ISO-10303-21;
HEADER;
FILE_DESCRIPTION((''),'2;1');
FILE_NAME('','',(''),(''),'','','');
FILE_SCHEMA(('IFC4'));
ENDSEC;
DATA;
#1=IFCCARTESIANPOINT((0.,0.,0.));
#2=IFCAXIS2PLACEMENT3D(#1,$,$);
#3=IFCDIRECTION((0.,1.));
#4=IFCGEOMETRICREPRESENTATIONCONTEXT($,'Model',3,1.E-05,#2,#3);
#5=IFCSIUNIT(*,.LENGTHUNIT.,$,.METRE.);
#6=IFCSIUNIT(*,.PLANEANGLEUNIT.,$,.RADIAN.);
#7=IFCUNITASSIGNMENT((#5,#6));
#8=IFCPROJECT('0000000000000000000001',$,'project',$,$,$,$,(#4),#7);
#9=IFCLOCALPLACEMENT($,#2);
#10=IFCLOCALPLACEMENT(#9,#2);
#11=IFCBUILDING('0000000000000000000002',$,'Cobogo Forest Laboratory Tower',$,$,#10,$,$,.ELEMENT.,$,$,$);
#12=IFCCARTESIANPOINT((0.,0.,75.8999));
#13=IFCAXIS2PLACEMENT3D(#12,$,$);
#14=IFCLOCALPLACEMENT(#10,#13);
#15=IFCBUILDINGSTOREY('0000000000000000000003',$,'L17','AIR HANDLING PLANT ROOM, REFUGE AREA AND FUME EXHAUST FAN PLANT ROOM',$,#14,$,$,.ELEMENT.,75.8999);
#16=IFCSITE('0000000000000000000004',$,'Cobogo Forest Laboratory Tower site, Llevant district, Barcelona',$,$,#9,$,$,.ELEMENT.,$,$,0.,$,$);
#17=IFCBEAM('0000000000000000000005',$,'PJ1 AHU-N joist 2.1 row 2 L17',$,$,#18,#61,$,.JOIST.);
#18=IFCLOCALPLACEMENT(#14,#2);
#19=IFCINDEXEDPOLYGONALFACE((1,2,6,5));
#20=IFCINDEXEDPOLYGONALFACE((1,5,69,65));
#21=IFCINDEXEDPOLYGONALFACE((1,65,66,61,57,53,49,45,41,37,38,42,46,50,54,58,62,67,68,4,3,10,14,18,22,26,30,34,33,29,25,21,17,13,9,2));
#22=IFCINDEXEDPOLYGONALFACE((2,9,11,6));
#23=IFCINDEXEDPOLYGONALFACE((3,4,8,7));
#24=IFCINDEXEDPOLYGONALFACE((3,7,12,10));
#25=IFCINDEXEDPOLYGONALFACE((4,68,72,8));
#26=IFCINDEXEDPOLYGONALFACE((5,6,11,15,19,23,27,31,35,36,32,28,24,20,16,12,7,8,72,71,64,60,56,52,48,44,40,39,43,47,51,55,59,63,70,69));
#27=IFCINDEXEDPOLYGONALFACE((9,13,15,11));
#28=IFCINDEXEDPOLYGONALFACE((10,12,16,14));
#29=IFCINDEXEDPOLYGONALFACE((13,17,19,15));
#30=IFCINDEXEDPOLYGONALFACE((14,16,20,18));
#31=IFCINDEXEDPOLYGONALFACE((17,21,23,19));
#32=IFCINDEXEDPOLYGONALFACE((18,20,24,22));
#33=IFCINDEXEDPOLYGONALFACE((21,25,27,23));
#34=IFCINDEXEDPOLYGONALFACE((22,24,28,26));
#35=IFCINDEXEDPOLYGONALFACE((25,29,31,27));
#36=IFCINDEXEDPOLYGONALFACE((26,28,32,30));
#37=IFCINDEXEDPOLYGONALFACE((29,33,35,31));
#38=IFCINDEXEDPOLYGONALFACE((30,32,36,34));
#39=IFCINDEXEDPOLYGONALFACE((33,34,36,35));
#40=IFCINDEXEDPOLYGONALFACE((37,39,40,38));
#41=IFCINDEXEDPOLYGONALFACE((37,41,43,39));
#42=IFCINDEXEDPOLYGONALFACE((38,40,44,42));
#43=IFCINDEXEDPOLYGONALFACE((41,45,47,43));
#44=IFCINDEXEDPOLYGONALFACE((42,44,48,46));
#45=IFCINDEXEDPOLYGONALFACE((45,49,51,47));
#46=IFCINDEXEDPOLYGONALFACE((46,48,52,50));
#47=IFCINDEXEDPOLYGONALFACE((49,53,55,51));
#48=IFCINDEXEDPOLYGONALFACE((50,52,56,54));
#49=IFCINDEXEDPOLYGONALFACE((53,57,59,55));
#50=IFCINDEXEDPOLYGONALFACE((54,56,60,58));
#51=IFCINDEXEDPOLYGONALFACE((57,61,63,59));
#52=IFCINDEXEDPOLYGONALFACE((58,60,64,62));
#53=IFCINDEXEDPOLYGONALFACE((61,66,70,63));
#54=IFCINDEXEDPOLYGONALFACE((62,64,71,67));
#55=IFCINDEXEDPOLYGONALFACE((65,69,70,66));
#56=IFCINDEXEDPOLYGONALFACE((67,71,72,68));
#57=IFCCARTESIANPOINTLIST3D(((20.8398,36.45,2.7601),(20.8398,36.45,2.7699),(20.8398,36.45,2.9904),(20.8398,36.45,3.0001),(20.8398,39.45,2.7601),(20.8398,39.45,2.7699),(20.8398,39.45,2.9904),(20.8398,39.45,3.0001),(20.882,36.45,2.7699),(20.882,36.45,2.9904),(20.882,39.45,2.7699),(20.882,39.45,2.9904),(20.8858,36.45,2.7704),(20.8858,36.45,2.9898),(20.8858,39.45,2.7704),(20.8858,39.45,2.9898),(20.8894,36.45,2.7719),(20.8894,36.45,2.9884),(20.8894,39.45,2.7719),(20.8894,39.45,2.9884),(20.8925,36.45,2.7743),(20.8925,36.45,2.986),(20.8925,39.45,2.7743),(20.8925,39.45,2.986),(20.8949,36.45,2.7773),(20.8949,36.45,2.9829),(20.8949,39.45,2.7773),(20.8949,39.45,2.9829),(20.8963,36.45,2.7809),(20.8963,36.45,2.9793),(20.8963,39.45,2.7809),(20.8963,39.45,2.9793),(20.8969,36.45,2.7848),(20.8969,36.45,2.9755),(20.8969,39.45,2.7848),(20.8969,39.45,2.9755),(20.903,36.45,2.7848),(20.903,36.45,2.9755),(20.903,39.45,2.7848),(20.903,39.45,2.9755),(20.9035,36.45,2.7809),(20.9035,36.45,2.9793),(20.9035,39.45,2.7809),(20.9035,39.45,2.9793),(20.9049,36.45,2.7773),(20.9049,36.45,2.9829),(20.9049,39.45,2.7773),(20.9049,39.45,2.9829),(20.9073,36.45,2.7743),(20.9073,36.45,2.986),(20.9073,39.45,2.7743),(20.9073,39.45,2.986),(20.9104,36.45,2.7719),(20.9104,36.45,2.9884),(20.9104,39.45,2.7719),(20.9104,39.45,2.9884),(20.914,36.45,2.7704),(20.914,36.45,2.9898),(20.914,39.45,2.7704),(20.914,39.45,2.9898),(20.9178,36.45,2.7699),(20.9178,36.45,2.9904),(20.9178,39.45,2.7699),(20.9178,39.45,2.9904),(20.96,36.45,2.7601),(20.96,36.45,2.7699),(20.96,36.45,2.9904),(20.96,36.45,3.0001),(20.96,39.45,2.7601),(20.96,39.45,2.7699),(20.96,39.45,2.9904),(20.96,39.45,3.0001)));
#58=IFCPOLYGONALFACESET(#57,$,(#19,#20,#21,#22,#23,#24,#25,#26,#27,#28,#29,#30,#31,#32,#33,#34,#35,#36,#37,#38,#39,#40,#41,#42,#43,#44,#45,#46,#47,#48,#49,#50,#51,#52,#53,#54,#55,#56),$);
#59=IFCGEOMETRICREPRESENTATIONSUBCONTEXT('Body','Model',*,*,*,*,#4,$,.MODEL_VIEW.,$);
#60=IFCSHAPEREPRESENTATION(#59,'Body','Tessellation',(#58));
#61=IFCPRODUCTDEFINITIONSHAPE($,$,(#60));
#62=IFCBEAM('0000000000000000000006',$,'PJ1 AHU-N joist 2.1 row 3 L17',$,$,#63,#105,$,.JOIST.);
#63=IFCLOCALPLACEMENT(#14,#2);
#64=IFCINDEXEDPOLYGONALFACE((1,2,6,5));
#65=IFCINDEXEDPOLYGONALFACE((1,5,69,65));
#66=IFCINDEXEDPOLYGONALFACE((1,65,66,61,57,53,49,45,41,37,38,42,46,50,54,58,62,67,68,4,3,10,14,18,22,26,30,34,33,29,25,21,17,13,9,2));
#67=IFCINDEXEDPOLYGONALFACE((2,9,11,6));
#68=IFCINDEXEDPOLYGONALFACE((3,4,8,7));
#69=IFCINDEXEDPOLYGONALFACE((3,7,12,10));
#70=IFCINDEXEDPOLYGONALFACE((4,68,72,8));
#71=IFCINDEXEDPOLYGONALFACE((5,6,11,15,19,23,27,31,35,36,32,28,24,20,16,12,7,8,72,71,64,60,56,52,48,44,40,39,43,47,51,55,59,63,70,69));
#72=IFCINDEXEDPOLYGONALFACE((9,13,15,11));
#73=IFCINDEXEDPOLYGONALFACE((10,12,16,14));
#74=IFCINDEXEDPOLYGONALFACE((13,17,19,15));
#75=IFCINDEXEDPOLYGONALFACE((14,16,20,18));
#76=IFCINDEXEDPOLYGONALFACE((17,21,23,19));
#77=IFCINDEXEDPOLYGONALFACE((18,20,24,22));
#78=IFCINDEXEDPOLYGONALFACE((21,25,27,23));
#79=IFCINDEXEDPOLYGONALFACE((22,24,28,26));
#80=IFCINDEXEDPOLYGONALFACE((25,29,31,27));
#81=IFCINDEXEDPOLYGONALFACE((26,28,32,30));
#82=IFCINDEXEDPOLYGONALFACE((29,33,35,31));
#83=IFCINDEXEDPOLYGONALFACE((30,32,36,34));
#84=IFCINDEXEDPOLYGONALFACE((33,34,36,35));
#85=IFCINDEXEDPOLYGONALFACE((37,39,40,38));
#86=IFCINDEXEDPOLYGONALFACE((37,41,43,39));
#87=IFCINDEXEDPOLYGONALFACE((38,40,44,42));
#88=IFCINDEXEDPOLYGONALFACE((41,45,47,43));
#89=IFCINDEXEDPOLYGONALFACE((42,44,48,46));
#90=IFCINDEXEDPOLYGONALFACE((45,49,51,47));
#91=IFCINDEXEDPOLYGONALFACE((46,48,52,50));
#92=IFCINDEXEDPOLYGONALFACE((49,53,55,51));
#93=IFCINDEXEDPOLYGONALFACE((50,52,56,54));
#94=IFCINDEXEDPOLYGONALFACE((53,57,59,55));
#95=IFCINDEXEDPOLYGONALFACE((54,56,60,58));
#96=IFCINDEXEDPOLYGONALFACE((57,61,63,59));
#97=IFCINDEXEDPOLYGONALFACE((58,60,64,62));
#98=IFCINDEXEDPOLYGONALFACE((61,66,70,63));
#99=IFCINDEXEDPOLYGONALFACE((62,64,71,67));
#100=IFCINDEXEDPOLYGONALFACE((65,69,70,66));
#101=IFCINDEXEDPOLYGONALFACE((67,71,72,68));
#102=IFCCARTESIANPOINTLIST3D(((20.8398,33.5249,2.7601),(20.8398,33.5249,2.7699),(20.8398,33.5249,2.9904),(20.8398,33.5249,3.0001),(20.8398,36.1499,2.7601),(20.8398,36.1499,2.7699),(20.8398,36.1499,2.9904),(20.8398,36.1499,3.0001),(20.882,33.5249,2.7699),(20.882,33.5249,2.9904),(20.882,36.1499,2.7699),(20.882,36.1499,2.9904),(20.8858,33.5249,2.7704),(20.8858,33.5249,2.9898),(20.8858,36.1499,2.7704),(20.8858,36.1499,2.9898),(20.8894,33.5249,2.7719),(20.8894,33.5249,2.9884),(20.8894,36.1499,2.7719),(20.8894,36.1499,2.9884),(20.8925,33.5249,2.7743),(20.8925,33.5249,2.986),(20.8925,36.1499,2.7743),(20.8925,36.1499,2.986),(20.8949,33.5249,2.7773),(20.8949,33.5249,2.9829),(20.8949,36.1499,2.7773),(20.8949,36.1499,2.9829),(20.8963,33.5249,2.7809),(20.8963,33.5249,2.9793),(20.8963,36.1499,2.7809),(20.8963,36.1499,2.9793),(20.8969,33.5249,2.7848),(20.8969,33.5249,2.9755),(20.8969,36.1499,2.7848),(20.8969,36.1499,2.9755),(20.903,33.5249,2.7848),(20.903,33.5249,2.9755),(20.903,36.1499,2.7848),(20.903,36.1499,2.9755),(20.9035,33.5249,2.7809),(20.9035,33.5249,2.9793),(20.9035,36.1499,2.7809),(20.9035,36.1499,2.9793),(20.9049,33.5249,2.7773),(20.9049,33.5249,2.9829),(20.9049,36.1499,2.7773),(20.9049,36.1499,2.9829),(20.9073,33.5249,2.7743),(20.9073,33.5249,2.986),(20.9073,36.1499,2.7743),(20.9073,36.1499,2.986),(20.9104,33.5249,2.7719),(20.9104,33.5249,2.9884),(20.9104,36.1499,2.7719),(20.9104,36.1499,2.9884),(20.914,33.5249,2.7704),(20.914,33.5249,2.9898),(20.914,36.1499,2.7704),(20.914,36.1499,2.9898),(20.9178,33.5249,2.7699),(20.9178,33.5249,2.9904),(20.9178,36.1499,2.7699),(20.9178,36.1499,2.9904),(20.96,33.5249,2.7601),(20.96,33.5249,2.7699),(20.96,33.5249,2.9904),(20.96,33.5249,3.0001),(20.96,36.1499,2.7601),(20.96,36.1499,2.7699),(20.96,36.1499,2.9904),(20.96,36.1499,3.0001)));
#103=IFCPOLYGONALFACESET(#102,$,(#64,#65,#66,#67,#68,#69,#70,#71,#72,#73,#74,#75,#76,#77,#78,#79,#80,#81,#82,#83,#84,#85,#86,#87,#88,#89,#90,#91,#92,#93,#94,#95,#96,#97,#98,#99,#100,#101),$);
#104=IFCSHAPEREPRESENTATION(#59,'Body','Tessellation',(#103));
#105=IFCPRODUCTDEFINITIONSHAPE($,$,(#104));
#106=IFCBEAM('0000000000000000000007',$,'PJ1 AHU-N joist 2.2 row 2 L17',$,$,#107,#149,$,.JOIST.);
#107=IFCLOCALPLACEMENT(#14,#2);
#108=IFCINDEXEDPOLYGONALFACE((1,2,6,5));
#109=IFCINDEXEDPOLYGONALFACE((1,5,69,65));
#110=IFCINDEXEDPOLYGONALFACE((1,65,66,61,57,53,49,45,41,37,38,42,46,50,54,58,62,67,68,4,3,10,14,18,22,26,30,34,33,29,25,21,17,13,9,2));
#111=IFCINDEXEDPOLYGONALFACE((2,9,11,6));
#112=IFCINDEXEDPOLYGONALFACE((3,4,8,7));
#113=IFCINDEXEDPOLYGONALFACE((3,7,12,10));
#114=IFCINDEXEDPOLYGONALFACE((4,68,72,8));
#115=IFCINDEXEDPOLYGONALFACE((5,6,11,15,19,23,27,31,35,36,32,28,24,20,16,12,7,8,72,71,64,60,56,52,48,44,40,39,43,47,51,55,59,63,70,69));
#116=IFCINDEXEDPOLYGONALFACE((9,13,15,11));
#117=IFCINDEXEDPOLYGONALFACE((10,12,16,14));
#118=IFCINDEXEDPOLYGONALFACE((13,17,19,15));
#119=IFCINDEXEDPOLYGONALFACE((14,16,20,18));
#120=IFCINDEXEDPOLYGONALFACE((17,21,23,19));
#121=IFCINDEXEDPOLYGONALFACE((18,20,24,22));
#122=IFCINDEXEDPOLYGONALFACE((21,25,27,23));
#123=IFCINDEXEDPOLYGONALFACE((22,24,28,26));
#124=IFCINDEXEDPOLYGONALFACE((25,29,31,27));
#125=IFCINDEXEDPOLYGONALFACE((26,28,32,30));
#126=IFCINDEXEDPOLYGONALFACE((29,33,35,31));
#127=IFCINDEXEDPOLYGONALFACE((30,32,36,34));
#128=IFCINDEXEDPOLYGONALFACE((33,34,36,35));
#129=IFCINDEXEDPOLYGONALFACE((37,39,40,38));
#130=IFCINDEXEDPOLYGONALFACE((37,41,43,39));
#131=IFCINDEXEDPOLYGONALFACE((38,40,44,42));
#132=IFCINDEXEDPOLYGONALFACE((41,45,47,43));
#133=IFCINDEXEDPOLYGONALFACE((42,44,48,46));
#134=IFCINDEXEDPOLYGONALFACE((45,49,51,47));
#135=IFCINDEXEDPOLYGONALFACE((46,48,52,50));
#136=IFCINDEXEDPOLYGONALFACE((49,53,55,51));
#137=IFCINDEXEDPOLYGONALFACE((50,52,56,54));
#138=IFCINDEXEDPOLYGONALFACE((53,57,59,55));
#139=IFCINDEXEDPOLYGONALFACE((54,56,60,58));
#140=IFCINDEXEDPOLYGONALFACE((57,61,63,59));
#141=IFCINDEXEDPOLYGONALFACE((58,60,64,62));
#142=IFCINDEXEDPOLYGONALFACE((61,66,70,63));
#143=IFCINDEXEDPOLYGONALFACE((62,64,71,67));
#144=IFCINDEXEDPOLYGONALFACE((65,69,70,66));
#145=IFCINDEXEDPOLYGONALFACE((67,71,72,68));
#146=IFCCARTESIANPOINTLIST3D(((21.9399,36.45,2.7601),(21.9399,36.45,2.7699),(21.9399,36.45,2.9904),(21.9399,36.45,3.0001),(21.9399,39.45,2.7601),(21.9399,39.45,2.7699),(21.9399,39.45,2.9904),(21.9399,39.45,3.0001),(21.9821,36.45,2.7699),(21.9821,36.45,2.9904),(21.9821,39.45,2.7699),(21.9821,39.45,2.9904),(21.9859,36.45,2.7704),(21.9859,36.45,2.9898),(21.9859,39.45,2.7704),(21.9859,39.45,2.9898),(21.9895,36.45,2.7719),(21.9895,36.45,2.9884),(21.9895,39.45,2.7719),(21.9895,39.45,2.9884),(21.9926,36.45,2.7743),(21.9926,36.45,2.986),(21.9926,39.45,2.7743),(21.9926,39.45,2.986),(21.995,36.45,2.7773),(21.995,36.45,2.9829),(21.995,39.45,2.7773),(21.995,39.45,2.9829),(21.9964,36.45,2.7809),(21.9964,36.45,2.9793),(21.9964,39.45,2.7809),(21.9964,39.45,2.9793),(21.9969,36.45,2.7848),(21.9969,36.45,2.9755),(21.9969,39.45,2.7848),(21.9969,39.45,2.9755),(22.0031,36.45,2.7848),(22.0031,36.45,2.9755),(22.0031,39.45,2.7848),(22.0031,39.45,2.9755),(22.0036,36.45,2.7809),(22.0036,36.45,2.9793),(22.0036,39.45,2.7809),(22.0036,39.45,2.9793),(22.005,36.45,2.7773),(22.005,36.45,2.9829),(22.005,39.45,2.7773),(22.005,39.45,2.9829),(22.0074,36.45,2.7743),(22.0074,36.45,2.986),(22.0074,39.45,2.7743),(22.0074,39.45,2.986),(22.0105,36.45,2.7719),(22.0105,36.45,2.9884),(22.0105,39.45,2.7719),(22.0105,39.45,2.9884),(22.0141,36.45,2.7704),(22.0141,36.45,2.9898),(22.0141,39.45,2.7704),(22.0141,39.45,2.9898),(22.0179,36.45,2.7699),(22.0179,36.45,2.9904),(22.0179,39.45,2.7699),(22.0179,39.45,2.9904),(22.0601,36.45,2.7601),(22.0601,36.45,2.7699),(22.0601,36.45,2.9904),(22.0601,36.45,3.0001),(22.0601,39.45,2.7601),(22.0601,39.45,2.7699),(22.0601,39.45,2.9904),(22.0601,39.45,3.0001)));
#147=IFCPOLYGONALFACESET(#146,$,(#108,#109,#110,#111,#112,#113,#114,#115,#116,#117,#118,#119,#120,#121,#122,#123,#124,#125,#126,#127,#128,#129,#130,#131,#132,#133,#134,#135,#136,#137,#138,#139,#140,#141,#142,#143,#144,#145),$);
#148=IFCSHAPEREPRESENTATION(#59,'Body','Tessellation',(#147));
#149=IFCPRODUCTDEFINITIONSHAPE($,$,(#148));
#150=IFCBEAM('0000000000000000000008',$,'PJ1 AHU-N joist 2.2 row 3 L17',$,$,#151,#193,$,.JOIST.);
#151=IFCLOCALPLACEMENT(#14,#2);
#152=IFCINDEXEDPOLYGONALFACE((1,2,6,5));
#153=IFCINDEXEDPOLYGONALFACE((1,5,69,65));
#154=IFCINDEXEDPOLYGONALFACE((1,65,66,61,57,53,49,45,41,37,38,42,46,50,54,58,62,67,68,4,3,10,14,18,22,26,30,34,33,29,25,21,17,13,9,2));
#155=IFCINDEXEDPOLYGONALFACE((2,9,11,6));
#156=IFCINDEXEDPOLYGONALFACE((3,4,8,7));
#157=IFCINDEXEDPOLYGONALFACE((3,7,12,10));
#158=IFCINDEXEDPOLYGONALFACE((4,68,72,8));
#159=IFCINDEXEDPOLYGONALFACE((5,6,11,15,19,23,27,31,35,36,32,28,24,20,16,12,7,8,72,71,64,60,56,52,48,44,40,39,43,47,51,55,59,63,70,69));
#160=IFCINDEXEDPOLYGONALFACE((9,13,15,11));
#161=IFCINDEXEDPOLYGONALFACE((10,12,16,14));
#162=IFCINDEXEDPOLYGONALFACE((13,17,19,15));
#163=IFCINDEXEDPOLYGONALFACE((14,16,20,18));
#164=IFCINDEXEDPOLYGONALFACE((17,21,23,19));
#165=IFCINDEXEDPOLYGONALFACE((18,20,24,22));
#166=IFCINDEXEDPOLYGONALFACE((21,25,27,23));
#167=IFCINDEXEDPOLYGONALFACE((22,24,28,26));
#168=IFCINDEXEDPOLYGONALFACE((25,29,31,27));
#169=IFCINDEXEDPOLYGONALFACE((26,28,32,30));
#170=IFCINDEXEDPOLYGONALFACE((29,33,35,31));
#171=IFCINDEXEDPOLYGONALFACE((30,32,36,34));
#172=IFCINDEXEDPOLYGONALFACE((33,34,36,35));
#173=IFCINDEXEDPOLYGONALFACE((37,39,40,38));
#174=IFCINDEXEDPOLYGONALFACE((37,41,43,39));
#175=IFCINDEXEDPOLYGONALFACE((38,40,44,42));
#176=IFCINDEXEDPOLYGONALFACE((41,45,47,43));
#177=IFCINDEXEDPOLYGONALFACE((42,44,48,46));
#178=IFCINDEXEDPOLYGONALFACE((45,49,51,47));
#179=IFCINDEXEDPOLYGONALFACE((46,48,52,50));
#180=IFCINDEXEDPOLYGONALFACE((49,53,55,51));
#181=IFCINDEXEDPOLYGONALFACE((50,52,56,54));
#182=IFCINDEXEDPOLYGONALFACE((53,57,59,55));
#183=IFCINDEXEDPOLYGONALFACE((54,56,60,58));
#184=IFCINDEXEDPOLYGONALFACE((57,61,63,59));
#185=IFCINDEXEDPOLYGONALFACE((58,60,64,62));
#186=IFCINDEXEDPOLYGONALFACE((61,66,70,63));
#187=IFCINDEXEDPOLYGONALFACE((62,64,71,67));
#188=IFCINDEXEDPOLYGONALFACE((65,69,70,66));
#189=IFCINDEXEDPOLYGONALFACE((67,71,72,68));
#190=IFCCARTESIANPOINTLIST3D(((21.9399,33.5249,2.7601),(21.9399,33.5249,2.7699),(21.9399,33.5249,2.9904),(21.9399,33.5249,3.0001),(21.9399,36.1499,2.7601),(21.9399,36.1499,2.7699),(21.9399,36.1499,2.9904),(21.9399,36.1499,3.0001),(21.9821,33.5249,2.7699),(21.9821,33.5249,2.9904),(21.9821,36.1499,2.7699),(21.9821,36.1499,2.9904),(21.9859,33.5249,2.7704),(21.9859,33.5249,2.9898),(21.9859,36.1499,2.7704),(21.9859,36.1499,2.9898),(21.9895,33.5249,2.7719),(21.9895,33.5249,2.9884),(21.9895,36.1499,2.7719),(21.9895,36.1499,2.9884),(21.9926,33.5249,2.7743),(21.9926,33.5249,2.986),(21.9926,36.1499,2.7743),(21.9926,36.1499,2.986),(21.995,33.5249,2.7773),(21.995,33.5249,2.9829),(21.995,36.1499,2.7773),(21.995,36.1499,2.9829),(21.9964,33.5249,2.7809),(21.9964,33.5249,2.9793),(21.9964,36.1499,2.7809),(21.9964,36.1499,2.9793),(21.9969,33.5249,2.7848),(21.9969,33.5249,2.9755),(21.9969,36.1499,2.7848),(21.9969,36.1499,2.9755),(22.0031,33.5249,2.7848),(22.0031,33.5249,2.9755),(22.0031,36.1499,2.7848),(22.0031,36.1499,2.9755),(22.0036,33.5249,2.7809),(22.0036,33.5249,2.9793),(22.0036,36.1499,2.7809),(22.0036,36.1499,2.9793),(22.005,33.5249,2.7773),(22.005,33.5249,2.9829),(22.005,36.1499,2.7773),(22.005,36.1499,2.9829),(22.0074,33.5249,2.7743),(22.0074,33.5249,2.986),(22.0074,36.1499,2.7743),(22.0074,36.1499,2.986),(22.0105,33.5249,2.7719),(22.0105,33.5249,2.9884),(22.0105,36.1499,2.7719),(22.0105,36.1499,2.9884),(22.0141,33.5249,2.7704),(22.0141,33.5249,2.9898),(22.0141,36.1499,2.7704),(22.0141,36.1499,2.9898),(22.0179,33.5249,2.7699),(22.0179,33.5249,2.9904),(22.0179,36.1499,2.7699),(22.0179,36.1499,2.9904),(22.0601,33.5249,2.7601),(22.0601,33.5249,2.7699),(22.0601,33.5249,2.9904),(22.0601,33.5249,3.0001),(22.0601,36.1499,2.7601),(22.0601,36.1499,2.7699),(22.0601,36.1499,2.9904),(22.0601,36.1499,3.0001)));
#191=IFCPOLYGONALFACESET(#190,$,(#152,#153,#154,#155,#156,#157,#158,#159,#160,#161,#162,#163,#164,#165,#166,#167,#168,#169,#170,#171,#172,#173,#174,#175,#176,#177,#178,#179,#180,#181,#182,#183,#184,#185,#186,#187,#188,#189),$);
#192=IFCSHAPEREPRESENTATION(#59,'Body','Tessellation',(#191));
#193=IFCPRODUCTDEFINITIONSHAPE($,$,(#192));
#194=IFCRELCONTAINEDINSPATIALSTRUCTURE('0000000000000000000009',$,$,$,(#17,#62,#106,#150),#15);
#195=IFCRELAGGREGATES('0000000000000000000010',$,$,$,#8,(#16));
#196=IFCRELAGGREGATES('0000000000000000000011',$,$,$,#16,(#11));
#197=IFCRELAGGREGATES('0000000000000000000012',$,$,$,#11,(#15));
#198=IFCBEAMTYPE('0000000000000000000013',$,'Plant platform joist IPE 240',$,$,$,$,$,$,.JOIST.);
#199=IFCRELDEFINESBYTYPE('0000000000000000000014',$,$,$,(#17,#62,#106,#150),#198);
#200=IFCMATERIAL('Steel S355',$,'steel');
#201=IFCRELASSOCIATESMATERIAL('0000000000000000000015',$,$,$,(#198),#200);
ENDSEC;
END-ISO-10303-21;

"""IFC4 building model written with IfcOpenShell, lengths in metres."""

from ifc_helpers import new_model, si_unit, direction, frame, origin, origin_2d, place, context, subcontext, project, spatial, i_section, extrude, material, material_profile, profile_set, type_object, element, save


model = new_model("IFC4")

# Units and contexts
model_context = context("Model", 3, precision=1e-05, world=origin(), true_north=direction((0.0, 1.0)))
body_context = subcontext(model_context, "Body", "Model", "MODEL_VIEW")
ifc_project = project(units=[si_unit("LENGTHUNIT", "METRE"), si_unit("PLANEANGLEUNIT", "RADIAN")], contexts=[model_context])

# Site, building, storey
site_placement = place(None, origin())
site = spatial("IfcSite", under=ifc_project, at=site_placement, Name="Cobogo Forest Laboratory Tower site, Llevant district, Barcelona", CompositionType="ELEMENT", RefElevation=0.0)
building_placement = place(site_placement, origin())
building = spatial("IfcBuilding", under=site, at=building_placement, Name="Cobogo Forest Laboratory Tower", CompositionType="ELEMENT")
storey_placement = place(building_placement, frame((0.0, 0.0, 75.8999)))
storey = spatial("IfcBuildingStorey", under=building, at=storey_placement, Name="L17", Description="AIR HANDLING PLANT ROOM, REFUGE AREA AND FUME EXHAUST FAN PLANT ROOM", CompositionType="ELEMENT", Elevation=75.8999)

# Beams
ifc_material_1 = material(Name="Steel S355", Category="steel")
ifc_material_profile_1 = material_profile(ifc_material_1, i_section(OverallWidth=0.1201, OverallDepth=0.24, WebThickness=0.0061, FlangeThickness=0.0098, FilletRadius=0.0149, at=origin_2d()), Name="IPE 240")
ifc_profile_set_1 = profile_set([ifc_material_profile_1], Name="Steel S355")
beam_type_1 = type_object("IfcBeamType", Name="Plant platform joist IPE 240", PredefinedType="JOIST", material=ifc_profile_set_1)
for number, where, z_axis, x_axis, name in (
    (1, (20.8999, 39.45, 2.8801), (0.0, -1.0, 0.0), (1.0, 0.0, 0.0), "PJ1 AHU-N joist 2.1 row 2 L17"),
):
    element("IfcBeam", number, at=place(storey_placement, frame(where, z_axis=z_axis, x_axis=x_axis)), inside=storey, type_object=beam_type_1, Name=name, PredefinedType="JOIST", context=body_context, shape_type="SweptSolid", body=[
        extrude(i_section(OverallWidth=0.1201, OverallDepth=0.24, WebThickness=0.0061, FlangeThickness=0.0098, FilletRadius=0.0149, at=origin_2d()), origin(), (0.0, 0.0, 1.0), 3.0),
    ])
beam_1_placement = place(storey_placement, frame((20.8999, 36.1499, 2.8801), z_axis=(0.0, -1.0, 0.0), x_axis=(1.0, 0.0, 0.0)))
element("IfcBeam", 2, at=beam_1_placement, inside=storey, type_object=beam_type_1, Name="PJ1 AHU-N joist 2.1 row 3 L17", PredefinedType="JOIST", context=body_context, shape_type="SweptSolid", body=[
    extrude(i_section(OverallWidth=0.1201, OverallDepth=0.24, WebThickness=0.0061, FlangeThickness=0.0098, FilletRadius=0.0149, at=origin_2d()), origin(), (0.0, 0.0, 1.0), 2.625),
])
beam_2_placement = place(storey_placement, frame((22.0, 39.45, 2.8801), z_axis=(0.0, -1.0, 0.0), x_axis=(1.0, 0.0, 0.0)))
element("IfcBeam", 3, at=beam_2_placement, inside=storey, type_object=beam_type_1, Name="PJ1 AHU-N joist 2.2 row 2 L17", PredefinedType="JOIST", context=body_context, shape_type="SweptSolid", body=[
    extrude(i_section(OverallWidth=0.1201, OverallDepth=0.24, WebThickness=0.0061, FlangeThickness=0.0098, FilletRadius=0.0149, at=origin_2d()), origin(), (0.0, 0.0, 1.0), 3.0),
])
beam_3_placement = place(storey_placement, frame((22.0, 36.1499, 2.8801), z_axis=(0.0, -1.0, 0.0), x_axis=(1.0, 0.0, 0.0)))
element("IfcBeam", 4, at=beam_3_placement, inside=storey, type_object=beam_type_1, Name="PJ1 AHU-N joist 2.2 row 3 L17", PredefinedType="JOIST", context=body_context, shape_type="SweptSolid", body=[
    extrude(i_section(OverallWidth=0.1201, OverallDepth=0.24, WebThickness=0.0061, FlangeThickness=0.0098, FilletRadius=0.0149, at=origin_2d()), origin(), (0.0, 0.0, 1.0), 2.625),
])

save(model, "model.ifc")
